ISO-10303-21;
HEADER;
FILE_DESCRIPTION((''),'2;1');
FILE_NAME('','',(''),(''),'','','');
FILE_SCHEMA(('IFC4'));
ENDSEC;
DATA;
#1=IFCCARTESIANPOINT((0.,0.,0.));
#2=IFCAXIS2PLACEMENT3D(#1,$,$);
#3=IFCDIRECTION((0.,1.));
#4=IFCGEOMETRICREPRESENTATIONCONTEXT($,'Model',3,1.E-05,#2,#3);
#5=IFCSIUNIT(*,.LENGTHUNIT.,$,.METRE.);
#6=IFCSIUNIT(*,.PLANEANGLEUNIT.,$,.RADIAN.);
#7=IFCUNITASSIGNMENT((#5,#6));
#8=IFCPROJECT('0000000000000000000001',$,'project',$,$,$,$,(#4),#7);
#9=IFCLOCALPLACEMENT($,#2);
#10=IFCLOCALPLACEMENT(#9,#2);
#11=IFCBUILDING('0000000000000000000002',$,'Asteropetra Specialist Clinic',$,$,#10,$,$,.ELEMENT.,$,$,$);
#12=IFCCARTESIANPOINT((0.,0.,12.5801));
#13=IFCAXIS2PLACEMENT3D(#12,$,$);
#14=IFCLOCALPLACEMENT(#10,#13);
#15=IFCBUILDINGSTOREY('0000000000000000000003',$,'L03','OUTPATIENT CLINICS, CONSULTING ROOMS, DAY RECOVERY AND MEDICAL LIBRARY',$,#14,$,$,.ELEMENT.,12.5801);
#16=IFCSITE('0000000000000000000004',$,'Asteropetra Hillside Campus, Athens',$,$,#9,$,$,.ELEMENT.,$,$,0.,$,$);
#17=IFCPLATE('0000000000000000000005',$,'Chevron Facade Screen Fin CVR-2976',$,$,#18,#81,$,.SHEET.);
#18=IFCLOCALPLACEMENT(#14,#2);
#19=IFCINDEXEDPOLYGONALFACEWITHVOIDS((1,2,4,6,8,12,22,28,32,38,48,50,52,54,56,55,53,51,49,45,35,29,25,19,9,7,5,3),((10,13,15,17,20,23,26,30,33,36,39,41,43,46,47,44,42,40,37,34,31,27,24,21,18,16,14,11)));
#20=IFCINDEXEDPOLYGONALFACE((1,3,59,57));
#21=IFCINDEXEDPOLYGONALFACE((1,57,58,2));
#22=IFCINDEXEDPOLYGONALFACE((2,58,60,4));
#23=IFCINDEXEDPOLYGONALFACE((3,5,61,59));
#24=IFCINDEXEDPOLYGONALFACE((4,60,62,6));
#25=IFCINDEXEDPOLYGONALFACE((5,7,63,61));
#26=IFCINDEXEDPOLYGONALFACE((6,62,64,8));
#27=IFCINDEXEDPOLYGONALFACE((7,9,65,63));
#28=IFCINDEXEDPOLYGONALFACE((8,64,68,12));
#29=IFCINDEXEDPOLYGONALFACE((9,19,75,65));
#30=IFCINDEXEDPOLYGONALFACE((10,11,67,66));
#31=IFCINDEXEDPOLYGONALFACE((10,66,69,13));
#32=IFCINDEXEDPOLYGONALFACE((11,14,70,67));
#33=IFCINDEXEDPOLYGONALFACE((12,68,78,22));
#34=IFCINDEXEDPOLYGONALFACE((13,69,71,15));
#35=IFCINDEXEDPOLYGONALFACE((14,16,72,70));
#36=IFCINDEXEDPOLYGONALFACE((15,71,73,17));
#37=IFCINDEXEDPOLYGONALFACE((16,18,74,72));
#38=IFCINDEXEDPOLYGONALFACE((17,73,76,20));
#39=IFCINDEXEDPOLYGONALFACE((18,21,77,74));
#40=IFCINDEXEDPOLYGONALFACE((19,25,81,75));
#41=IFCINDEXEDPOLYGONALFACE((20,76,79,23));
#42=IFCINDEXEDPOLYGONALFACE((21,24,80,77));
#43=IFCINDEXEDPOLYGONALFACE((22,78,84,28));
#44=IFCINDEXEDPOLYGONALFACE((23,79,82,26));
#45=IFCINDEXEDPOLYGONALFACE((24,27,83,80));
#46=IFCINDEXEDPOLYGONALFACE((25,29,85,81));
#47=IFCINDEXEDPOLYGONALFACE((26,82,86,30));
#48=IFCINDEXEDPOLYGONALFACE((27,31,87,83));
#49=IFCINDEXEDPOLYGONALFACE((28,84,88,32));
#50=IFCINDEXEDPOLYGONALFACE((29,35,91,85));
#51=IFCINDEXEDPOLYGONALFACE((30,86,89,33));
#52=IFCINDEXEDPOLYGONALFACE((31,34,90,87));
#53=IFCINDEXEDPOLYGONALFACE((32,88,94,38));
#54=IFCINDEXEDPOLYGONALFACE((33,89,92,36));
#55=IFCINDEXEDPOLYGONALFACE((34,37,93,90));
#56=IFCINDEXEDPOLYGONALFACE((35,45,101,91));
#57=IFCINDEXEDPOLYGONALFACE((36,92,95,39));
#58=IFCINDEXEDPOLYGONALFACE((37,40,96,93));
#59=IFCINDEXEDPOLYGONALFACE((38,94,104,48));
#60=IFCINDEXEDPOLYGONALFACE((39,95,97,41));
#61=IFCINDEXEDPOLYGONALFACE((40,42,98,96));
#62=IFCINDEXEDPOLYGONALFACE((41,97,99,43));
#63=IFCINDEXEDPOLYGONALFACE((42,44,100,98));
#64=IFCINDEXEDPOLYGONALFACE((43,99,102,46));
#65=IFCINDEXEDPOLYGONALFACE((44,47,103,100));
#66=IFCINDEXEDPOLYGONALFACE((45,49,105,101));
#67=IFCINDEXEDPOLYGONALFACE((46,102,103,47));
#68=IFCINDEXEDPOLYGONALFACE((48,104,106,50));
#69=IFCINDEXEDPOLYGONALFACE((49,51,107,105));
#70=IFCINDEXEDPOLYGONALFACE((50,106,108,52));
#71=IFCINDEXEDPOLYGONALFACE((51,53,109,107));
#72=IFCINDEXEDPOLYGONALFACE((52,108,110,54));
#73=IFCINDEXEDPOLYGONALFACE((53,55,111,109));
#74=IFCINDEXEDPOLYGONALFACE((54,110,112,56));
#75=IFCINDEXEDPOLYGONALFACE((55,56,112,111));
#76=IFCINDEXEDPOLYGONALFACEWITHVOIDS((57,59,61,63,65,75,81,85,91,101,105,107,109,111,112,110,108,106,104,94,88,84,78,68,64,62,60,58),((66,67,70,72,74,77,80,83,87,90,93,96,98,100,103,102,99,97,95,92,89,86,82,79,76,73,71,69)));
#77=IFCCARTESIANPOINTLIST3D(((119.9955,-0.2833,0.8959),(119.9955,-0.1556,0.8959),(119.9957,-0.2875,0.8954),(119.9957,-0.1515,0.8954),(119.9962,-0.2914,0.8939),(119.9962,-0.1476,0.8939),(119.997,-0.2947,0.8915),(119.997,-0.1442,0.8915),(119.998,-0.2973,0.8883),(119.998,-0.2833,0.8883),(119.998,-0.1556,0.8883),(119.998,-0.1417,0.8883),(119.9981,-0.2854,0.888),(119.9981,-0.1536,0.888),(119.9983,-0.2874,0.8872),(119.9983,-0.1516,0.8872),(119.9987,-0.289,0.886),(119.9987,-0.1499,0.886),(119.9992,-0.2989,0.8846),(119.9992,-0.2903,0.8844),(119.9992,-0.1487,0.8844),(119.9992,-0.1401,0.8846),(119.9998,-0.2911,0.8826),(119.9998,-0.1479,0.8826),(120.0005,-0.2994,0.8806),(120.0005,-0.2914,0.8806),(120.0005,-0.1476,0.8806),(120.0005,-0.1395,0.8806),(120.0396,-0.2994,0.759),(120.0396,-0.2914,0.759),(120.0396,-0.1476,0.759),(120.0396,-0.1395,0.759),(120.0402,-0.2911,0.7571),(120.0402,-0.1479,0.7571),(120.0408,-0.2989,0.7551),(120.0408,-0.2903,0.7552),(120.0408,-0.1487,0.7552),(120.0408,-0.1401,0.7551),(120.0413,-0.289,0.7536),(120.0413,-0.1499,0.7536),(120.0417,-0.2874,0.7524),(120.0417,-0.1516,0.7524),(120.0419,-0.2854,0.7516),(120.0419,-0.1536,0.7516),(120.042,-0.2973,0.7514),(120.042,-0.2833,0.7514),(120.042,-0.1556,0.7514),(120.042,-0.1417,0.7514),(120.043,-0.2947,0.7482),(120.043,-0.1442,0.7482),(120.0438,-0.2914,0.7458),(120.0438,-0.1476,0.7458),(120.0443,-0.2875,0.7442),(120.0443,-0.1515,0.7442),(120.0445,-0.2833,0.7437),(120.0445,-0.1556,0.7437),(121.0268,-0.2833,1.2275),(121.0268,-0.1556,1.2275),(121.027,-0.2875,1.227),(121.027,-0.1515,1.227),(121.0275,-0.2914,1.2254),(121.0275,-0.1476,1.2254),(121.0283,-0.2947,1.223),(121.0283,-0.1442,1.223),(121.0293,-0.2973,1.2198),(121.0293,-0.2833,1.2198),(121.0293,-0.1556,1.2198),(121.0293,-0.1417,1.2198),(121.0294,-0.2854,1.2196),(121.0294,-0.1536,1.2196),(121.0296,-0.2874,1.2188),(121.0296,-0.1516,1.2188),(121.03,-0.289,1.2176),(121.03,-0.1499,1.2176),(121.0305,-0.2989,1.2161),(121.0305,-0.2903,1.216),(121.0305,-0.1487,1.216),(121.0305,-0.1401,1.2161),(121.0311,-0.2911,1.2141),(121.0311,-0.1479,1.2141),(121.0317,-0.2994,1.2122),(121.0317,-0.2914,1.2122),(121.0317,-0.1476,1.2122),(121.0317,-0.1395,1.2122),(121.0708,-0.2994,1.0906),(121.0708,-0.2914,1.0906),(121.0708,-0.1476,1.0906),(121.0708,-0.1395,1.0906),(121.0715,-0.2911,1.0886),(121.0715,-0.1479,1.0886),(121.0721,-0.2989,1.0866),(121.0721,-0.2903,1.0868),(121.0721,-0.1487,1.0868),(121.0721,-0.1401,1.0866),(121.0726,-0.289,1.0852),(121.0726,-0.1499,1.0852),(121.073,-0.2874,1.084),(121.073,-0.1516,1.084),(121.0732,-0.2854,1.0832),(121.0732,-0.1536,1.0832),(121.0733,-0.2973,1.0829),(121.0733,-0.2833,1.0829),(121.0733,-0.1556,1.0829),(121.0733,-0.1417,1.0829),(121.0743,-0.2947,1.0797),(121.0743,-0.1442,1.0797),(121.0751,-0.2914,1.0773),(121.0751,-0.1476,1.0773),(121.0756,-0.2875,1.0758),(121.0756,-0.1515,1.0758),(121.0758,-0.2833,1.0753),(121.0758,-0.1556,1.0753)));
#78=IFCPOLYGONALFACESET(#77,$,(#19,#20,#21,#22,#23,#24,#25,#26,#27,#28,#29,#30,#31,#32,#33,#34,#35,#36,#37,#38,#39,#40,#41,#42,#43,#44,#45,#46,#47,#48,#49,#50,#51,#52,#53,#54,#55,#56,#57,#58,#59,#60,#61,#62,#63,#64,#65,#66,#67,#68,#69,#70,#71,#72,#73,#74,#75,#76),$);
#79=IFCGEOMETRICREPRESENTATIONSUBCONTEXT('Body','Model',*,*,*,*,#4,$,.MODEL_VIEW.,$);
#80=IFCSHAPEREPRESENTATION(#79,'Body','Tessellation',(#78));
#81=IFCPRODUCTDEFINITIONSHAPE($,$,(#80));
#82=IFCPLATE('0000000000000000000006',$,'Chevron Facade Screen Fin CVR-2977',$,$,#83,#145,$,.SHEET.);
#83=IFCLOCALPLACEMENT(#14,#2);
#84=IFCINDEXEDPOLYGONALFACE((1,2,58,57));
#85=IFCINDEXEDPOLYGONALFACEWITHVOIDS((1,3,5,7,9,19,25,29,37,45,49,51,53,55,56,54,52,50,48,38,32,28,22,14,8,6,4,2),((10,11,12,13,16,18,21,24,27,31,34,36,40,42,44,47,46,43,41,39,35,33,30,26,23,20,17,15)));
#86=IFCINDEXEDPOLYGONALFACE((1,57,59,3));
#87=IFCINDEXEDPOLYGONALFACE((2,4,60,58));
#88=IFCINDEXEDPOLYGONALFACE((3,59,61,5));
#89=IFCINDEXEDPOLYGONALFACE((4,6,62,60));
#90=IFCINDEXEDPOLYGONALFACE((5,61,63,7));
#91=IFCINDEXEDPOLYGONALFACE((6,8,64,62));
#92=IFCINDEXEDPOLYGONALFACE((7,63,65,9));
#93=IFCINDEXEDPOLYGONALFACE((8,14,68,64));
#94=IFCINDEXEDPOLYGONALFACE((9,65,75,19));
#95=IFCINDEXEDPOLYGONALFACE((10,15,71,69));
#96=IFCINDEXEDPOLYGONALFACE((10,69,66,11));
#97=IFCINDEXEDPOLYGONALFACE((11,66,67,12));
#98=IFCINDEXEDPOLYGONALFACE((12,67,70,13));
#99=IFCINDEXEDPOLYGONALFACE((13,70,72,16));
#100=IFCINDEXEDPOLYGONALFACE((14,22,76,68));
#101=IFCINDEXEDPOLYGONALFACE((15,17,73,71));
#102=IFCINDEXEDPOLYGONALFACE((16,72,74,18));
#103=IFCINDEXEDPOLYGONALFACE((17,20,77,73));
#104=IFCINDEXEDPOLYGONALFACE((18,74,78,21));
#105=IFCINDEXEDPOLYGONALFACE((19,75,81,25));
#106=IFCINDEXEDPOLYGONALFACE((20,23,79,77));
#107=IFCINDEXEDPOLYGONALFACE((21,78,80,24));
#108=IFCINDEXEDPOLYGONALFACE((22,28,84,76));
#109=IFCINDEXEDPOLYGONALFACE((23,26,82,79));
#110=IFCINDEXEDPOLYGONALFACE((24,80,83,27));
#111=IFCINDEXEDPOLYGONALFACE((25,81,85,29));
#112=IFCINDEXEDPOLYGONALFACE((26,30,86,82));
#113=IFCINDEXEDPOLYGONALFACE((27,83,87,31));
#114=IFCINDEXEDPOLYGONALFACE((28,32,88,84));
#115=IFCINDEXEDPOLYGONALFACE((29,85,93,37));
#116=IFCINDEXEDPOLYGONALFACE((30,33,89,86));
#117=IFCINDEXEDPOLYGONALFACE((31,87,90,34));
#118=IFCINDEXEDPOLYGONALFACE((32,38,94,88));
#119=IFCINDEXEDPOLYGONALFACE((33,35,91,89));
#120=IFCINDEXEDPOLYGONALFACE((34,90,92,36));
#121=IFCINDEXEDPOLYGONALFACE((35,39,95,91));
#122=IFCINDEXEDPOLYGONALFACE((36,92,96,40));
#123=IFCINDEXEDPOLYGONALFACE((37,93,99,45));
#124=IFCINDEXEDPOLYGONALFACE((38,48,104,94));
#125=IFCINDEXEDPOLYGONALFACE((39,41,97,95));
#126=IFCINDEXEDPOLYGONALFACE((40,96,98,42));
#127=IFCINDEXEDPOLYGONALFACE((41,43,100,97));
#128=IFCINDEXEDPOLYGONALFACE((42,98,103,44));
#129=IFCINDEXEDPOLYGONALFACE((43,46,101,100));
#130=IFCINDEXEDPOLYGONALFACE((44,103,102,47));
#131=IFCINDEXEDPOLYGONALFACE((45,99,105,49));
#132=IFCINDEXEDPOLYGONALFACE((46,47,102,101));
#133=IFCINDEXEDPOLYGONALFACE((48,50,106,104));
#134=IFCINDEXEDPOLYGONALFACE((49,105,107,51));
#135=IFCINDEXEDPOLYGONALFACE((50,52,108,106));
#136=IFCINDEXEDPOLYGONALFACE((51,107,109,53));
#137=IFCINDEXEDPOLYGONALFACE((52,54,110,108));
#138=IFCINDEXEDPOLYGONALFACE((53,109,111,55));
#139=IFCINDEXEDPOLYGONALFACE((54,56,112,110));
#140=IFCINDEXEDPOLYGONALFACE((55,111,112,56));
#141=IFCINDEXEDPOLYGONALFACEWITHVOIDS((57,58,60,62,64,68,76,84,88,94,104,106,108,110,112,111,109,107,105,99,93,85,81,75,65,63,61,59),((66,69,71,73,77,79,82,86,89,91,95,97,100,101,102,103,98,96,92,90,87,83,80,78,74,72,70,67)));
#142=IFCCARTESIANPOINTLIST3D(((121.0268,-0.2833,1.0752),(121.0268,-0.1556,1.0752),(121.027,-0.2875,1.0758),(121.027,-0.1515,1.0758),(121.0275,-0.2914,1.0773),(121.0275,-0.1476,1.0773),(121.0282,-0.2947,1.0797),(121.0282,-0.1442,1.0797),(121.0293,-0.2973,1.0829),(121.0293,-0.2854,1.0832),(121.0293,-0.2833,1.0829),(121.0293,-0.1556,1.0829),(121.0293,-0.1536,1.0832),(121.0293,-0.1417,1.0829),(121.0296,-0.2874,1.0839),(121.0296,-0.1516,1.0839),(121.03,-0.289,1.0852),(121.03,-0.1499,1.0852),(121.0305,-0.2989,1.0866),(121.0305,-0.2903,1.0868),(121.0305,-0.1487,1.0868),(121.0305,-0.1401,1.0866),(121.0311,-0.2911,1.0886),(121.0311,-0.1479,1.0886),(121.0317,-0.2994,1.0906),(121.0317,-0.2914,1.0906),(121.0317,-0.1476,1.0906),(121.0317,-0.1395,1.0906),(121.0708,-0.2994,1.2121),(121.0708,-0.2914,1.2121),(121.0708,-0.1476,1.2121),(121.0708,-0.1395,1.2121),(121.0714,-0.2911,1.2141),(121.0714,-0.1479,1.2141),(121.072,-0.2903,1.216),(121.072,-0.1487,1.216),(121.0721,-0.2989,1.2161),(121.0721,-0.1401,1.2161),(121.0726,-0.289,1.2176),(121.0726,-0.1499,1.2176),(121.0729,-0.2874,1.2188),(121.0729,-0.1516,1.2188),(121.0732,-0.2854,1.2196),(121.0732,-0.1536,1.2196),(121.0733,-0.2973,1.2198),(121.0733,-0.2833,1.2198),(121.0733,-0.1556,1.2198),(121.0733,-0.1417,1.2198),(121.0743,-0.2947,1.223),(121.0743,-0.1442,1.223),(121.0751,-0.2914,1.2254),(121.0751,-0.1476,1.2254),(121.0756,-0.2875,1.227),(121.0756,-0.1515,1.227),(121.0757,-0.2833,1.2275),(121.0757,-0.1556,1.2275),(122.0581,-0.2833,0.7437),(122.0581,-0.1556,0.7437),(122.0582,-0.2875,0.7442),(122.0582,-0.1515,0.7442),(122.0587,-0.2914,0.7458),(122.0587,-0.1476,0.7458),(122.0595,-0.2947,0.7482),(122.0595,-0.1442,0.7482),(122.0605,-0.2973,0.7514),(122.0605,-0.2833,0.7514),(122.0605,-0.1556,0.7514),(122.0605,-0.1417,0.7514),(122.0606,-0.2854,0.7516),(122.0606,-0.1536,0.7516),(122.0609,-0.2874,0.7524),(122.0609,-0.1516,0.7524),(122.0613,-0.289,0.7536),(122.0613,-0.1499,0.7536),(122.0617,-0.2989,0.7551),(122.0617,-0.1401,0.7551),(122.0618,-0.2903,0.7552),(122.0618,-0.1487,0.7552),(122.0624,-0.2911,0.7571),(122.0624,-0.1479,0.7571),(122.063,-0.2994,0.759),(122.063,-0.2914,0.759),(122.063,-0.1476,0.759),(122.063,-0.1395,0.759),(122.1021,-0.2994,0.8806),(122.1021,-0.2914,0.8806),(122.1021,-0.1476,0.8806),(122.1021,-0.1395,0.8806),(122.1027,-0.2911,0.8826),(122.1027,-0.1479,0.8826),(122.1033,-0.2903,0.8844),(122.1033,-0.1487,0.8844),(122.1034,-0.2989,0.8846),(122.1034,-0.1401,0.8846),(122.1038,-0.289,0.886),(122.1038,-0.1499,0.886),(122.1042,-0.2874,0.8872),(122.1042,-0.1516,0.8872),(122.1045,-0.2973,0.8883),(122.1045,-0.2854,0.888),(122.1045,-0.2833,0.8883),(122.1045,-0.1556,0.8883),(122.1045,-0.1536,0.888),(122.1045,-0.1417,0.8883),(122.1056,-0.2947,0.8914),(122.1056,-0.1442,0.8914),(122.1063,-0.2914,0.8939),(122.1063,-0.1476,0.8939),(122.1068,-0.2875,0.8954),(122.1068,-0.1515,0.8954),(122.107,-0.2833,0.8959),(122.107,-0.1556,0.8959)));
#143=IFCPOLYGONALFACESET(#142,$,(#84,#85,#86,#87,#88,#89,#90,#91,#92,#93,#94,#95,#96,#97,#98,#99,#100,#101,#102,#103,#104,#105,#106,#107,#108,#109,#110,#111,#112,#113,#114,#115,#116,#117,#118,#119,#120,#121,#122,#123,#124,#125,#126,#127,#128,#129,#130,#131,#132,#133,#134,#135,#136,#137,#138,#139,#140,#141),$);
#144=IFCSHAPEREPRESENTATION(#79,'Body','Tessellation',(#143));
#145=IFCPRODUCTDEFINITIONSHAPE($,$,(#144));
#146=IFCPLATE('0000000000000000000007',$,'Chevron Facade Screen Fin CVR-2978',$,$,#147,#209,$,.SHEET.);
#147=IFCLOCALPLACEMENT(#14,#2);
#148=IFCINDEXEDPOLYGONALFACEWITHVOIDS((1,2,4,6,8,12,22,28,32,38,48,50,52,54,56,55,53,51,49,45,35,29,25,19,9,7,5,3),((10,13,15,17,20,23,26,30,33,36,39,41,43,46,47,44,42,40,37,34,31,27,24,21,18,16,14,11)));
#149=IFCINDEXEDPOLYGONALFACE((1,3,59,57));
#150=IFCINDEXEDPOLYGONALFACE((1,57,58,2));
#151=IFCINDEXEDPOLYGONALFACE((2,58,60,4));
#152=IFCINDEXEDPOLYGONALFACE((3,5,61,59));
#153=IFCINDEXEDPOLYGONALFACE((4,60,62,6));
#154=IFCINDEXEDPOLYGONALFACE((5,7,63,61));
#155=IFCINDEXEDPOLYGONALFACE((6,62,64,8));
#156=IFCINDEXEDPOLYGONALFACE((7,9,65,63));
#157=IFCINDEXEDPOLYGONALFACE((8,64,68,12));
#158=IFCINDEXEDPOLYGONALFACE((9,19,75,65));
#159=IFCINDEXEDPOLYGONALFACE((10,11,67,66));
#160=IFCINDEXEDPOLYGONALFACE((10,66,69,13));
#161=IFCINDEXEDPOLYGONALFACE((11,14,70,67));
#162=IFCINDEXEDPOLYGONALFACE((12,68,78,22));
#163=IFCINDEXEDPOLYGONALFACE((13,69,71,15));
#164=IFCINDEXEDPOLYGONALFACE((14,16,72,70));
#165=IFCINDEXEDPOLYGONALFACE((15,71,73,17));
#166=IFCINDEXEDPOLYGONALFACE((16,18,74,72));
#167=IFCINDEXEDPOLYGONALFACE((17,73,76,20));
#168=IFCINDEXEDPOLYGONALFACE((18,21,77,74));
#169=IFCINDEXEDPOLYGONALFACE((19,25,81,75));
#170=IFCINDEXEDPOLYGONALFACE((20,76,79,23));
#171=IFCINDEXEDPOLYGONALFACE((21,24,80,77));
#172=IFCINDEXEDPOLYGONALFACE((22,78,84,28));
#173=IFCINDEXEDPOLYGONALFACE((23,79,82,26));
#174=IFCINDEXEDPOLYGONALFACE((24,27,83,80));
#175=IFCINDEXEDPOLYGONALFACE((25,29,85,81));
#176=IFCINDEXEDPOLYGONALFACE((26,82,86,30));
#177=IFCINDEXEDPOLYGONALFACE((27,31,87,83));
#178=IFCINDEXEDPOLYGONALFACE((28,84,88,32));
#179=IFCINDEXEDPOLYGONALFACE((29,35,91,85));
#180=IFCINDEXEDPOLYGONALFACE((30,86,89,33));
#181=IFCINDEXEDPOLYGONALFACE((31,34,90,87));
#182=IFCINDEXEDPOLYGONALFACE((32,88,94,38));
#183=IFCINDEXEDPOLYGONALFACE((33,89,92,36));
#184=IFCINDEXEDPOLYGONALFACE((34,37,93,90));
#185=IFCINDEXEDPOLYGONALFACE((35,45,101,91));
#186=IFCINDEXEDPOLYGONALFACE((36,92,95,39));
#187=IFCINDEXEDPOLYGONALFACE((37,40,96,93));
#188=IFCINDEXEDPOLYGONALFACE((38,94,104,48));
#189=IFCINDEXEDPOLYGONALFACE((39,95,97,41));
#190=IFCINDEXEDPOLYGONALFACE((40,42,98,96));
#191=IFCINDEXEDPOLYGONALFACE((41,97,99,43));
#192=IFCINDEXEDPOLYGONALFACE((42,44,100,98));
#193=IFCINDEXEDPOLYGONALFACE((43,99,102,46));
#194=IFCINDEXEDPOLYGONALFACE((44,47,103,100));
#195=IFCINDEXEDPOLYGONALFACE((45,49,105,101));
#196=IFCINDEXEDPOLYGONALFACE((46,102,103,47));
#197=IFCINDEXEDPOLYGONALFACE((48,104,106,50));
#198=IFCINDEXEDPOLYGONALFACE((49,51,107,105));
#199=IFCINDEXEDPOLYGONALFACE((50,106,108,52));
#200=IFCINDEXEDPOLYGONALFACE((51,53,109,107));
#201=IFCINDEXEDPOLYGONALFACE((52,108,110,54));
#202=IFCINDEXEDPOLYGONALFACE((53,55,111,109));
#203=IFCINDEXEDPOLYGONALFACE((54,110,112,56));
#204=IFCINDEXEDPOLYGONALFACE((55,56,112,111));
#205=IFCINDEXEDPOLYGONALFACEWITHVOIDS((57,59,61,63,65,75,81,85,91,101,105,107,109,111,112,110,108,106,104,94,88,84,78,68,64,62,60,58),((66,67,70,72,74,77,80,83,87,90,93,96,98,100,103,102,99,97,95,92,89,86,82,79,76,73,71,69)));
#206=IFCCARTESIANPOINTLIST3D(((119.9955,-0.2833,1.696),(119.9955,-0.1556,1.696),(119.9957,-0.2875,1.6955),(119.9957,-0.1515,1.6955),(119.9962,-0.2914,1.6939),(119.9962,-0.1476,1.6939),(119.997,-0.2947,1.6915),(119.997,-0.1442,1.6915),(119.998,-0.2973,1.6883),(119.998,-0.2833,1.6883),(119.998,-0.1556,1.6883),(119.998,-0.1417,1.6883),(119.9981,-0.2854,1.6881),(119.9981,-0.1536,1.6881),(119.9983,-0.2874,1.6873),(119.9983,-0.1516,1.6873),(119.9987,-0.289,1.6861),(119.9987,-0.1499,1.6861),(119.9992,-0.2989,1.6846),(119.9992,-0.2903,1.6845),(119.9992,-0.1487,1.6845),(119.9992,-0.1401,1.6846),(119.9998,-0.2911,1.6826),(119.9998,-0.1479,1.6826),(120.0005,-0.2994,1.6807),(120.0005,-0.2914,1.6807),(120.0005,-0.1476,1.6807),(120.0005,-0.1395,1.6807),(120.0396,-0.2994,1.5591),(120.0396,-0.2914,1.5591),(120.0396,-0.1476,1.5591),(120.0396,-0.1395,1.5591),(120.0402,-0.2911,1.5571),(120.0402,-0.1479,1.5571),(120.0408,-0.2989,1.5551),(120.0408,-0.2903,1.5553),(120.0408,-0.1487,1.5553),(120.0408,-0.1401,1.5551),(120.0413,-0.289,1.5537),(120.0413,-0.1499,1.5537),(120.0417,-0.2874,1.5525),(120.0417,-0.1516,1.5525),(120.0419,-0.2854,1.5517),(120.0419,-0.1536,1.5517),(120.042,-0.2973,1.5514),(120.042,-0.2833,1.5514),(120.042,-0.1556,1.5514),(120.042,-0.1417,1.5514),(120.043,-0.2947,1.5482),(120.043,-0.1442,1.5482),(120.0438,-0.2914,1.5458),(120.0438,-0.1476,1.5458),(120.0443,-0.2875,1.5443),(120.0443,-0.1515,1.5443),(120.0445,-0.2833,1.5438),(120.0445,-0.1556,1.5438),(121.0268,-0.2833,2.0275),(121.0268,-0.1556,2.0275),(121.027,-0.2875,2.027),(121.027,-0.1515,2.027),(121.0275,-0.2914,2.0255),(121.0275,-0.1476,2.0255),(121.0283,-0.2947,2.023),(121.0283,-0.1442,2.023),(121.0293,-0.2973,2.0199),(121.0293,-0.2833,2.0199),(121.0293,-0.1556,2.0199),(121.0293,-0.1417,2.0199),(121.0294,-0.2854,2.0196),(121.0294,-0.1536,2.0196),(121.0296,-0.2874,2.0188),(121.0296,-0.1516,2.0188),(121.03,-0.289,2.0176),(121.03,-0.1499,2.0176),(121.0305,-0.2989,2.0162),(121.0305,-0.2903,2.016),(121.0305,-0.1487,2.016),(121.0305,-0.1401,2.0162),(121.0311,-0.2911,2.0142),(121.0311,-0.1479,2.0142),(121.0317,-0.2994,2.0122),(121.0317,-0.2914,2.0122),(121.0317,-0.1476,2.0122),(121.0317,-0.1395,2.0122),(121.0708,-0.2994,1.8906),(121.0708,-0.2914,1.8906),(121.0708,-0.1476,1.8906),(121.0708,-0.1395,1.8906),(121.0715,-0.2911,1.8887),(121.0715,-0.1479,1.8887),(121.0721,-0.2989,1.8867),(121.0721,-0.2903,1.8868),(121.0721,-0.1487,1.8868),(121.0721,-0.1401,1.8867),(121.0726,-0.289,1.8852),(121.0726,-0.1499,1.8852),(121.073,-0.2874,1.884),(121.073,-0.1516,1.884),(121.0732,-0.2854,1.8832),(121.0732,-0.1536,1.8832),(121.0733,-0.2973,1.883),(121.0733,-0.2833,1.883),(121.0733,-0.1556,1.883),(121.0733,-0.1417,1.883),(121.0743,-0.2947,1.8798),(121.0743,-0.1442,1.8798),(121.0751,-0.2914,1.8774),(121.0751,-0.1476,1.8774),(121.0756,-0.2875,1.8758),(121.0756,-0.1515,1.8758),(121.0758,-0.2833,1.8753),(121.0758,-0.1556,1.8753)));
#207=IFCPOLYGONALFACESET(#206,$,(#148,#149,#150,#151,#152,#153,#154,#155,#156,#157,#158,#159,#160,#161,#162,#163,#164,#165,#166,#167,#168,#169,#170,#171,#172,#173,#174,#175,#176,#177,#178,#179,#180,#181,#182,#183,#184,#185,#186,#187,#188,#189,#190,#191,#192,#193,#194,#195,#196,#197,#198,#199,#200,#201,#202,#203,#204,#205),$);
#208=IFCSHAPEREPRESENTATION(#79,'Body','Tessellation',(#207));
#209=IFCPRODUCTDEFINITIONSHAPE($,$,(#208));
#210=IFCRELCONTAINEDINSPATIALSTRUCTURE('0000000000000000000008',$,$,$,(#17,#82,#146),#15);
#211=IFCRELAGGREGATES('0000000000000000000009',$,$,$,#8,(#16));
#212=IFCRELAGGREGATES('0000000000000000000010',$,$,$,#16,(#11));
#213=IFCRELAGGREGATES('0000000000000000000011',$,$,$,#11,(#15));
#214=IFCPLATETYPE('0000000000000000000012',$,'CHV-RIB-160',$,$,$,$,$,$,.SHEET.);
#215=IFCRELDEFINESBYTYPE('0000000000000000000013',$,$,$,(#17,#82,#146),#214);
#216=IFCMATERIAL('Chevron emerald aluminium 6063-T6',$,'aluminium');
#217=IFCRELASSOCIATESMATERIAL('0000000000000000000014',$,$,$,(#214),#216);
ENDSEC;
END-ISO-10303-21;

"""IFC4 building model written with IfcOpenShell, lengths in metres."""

from ifc_helpers import new_model, si_unit, direction, frame, origin, origin_2d, place, context, subcontext, project, spatial, hollow_rectangle, extrude, material, material_profile, profile_set, type_object, element, save


model = new_model("IFC4")

# Units and contexts
model_context = context("Model", 3, precision=1e-05, world=origin(), true_north=direction((0.0, 1.0)))
body_context = subcontext(model_context, "Body", "Model", "MODEL_VIEW")
ifc_project = project(units=[si_unit("LENGTHUNIT", "METRE"), si_unit("PLANEANGLEUNIT", "RADIAN")], contexts=[model_context])

# Site, building, storey
site_placement = place(None, origin())
site = spatial("IfcSite", under=ifc_project, at=site_placement, Name="Asteropetra Hillside Campus, Athens", CompositionType="ELEMENT", RefElevation=0.0)
building_placement = place(site_placement, origin())
building = spatial("IfcBuilding", under=site, at=building_placement, Name="Asteropetra Specialist Clinic", CompositionType="ELEMENT")
storey_placement = place(building_placement, frame((0.0, 0.0, 12.5801)))
storey = spatial("IfcBuildingStorey", under=building, at=storey_placement, Name="L03", Description="OUTPATIENT CLINICS, CONSULTING ROOMS, DAY RECOVERY AND MEDICAL LIBRARY", CompositionType="ELEMENT", Elevation=12.5801)

# Plates
ifc_material_1 = material(Name="Chevron emerald aluminium 6063-T6", Category="aluminium")
ifc_material_profile_1 = material_profile(ifc_material_1, hollow_rectangle(XDim=0.1599, YDim=0.1599, WallThickness=0.0081, InnerFilletRadius=0.0081, OuterFilletRadius=0.0161, at=origin_2d()), Name="SHS 160x160x8.0")
ifc_profile_set_1 = profile_set([ifc_material_profile_1], Name="Chevron emerald aluminium 6063-T6")
plate_type_1 = type_object("IfcPlateType", Name="CHV-RIB-160", PredefinedType="SHEET", material=ifc_profile_set_1)
for number, where, z_axis, x_axis, name in (
    (1, (120.02, -0.2195, 0.8198), (0.95201, 0.0, 0.306068), (0.0, 1.0, 0.0), "Chevron Facade Screen Fin CVR-2976"),
    (2, (121.0513, -0.2195, 1.1514), (0.95201, 0.0, -0.306068), (0.0, 1.0, 0.0), "Chevron Facade Screen Fin CVR-2977"),
    (3, (120.02, -0.2195, 1.6199), (0.95201, 0.0, 0.306068), (0.0, 1.0, 0.0), "Chevron Facade Screen Fin CVR-2978"),
):
    element("IfcPlate", number, at=place(storey_placement, frame(where, z_axis=z_axis, x_axis=x_axis)), inside=storey, type_object=plate_type_1, Name=name, PredefinedType="SHEET", context=body_context, shape_type="SweptSolid", body=[
        extrude(hollow_rectangle(XDim=0.1599, YDim=0.1599, WallThickness=0.0081, InnerFilletRadius=0.0081, OuterFilletRadius=0.0161, at=origin_2d()), origin(), (0.0, 0.0, 1.0), 1.0833),
    ])

save(model, "model.ifc")
